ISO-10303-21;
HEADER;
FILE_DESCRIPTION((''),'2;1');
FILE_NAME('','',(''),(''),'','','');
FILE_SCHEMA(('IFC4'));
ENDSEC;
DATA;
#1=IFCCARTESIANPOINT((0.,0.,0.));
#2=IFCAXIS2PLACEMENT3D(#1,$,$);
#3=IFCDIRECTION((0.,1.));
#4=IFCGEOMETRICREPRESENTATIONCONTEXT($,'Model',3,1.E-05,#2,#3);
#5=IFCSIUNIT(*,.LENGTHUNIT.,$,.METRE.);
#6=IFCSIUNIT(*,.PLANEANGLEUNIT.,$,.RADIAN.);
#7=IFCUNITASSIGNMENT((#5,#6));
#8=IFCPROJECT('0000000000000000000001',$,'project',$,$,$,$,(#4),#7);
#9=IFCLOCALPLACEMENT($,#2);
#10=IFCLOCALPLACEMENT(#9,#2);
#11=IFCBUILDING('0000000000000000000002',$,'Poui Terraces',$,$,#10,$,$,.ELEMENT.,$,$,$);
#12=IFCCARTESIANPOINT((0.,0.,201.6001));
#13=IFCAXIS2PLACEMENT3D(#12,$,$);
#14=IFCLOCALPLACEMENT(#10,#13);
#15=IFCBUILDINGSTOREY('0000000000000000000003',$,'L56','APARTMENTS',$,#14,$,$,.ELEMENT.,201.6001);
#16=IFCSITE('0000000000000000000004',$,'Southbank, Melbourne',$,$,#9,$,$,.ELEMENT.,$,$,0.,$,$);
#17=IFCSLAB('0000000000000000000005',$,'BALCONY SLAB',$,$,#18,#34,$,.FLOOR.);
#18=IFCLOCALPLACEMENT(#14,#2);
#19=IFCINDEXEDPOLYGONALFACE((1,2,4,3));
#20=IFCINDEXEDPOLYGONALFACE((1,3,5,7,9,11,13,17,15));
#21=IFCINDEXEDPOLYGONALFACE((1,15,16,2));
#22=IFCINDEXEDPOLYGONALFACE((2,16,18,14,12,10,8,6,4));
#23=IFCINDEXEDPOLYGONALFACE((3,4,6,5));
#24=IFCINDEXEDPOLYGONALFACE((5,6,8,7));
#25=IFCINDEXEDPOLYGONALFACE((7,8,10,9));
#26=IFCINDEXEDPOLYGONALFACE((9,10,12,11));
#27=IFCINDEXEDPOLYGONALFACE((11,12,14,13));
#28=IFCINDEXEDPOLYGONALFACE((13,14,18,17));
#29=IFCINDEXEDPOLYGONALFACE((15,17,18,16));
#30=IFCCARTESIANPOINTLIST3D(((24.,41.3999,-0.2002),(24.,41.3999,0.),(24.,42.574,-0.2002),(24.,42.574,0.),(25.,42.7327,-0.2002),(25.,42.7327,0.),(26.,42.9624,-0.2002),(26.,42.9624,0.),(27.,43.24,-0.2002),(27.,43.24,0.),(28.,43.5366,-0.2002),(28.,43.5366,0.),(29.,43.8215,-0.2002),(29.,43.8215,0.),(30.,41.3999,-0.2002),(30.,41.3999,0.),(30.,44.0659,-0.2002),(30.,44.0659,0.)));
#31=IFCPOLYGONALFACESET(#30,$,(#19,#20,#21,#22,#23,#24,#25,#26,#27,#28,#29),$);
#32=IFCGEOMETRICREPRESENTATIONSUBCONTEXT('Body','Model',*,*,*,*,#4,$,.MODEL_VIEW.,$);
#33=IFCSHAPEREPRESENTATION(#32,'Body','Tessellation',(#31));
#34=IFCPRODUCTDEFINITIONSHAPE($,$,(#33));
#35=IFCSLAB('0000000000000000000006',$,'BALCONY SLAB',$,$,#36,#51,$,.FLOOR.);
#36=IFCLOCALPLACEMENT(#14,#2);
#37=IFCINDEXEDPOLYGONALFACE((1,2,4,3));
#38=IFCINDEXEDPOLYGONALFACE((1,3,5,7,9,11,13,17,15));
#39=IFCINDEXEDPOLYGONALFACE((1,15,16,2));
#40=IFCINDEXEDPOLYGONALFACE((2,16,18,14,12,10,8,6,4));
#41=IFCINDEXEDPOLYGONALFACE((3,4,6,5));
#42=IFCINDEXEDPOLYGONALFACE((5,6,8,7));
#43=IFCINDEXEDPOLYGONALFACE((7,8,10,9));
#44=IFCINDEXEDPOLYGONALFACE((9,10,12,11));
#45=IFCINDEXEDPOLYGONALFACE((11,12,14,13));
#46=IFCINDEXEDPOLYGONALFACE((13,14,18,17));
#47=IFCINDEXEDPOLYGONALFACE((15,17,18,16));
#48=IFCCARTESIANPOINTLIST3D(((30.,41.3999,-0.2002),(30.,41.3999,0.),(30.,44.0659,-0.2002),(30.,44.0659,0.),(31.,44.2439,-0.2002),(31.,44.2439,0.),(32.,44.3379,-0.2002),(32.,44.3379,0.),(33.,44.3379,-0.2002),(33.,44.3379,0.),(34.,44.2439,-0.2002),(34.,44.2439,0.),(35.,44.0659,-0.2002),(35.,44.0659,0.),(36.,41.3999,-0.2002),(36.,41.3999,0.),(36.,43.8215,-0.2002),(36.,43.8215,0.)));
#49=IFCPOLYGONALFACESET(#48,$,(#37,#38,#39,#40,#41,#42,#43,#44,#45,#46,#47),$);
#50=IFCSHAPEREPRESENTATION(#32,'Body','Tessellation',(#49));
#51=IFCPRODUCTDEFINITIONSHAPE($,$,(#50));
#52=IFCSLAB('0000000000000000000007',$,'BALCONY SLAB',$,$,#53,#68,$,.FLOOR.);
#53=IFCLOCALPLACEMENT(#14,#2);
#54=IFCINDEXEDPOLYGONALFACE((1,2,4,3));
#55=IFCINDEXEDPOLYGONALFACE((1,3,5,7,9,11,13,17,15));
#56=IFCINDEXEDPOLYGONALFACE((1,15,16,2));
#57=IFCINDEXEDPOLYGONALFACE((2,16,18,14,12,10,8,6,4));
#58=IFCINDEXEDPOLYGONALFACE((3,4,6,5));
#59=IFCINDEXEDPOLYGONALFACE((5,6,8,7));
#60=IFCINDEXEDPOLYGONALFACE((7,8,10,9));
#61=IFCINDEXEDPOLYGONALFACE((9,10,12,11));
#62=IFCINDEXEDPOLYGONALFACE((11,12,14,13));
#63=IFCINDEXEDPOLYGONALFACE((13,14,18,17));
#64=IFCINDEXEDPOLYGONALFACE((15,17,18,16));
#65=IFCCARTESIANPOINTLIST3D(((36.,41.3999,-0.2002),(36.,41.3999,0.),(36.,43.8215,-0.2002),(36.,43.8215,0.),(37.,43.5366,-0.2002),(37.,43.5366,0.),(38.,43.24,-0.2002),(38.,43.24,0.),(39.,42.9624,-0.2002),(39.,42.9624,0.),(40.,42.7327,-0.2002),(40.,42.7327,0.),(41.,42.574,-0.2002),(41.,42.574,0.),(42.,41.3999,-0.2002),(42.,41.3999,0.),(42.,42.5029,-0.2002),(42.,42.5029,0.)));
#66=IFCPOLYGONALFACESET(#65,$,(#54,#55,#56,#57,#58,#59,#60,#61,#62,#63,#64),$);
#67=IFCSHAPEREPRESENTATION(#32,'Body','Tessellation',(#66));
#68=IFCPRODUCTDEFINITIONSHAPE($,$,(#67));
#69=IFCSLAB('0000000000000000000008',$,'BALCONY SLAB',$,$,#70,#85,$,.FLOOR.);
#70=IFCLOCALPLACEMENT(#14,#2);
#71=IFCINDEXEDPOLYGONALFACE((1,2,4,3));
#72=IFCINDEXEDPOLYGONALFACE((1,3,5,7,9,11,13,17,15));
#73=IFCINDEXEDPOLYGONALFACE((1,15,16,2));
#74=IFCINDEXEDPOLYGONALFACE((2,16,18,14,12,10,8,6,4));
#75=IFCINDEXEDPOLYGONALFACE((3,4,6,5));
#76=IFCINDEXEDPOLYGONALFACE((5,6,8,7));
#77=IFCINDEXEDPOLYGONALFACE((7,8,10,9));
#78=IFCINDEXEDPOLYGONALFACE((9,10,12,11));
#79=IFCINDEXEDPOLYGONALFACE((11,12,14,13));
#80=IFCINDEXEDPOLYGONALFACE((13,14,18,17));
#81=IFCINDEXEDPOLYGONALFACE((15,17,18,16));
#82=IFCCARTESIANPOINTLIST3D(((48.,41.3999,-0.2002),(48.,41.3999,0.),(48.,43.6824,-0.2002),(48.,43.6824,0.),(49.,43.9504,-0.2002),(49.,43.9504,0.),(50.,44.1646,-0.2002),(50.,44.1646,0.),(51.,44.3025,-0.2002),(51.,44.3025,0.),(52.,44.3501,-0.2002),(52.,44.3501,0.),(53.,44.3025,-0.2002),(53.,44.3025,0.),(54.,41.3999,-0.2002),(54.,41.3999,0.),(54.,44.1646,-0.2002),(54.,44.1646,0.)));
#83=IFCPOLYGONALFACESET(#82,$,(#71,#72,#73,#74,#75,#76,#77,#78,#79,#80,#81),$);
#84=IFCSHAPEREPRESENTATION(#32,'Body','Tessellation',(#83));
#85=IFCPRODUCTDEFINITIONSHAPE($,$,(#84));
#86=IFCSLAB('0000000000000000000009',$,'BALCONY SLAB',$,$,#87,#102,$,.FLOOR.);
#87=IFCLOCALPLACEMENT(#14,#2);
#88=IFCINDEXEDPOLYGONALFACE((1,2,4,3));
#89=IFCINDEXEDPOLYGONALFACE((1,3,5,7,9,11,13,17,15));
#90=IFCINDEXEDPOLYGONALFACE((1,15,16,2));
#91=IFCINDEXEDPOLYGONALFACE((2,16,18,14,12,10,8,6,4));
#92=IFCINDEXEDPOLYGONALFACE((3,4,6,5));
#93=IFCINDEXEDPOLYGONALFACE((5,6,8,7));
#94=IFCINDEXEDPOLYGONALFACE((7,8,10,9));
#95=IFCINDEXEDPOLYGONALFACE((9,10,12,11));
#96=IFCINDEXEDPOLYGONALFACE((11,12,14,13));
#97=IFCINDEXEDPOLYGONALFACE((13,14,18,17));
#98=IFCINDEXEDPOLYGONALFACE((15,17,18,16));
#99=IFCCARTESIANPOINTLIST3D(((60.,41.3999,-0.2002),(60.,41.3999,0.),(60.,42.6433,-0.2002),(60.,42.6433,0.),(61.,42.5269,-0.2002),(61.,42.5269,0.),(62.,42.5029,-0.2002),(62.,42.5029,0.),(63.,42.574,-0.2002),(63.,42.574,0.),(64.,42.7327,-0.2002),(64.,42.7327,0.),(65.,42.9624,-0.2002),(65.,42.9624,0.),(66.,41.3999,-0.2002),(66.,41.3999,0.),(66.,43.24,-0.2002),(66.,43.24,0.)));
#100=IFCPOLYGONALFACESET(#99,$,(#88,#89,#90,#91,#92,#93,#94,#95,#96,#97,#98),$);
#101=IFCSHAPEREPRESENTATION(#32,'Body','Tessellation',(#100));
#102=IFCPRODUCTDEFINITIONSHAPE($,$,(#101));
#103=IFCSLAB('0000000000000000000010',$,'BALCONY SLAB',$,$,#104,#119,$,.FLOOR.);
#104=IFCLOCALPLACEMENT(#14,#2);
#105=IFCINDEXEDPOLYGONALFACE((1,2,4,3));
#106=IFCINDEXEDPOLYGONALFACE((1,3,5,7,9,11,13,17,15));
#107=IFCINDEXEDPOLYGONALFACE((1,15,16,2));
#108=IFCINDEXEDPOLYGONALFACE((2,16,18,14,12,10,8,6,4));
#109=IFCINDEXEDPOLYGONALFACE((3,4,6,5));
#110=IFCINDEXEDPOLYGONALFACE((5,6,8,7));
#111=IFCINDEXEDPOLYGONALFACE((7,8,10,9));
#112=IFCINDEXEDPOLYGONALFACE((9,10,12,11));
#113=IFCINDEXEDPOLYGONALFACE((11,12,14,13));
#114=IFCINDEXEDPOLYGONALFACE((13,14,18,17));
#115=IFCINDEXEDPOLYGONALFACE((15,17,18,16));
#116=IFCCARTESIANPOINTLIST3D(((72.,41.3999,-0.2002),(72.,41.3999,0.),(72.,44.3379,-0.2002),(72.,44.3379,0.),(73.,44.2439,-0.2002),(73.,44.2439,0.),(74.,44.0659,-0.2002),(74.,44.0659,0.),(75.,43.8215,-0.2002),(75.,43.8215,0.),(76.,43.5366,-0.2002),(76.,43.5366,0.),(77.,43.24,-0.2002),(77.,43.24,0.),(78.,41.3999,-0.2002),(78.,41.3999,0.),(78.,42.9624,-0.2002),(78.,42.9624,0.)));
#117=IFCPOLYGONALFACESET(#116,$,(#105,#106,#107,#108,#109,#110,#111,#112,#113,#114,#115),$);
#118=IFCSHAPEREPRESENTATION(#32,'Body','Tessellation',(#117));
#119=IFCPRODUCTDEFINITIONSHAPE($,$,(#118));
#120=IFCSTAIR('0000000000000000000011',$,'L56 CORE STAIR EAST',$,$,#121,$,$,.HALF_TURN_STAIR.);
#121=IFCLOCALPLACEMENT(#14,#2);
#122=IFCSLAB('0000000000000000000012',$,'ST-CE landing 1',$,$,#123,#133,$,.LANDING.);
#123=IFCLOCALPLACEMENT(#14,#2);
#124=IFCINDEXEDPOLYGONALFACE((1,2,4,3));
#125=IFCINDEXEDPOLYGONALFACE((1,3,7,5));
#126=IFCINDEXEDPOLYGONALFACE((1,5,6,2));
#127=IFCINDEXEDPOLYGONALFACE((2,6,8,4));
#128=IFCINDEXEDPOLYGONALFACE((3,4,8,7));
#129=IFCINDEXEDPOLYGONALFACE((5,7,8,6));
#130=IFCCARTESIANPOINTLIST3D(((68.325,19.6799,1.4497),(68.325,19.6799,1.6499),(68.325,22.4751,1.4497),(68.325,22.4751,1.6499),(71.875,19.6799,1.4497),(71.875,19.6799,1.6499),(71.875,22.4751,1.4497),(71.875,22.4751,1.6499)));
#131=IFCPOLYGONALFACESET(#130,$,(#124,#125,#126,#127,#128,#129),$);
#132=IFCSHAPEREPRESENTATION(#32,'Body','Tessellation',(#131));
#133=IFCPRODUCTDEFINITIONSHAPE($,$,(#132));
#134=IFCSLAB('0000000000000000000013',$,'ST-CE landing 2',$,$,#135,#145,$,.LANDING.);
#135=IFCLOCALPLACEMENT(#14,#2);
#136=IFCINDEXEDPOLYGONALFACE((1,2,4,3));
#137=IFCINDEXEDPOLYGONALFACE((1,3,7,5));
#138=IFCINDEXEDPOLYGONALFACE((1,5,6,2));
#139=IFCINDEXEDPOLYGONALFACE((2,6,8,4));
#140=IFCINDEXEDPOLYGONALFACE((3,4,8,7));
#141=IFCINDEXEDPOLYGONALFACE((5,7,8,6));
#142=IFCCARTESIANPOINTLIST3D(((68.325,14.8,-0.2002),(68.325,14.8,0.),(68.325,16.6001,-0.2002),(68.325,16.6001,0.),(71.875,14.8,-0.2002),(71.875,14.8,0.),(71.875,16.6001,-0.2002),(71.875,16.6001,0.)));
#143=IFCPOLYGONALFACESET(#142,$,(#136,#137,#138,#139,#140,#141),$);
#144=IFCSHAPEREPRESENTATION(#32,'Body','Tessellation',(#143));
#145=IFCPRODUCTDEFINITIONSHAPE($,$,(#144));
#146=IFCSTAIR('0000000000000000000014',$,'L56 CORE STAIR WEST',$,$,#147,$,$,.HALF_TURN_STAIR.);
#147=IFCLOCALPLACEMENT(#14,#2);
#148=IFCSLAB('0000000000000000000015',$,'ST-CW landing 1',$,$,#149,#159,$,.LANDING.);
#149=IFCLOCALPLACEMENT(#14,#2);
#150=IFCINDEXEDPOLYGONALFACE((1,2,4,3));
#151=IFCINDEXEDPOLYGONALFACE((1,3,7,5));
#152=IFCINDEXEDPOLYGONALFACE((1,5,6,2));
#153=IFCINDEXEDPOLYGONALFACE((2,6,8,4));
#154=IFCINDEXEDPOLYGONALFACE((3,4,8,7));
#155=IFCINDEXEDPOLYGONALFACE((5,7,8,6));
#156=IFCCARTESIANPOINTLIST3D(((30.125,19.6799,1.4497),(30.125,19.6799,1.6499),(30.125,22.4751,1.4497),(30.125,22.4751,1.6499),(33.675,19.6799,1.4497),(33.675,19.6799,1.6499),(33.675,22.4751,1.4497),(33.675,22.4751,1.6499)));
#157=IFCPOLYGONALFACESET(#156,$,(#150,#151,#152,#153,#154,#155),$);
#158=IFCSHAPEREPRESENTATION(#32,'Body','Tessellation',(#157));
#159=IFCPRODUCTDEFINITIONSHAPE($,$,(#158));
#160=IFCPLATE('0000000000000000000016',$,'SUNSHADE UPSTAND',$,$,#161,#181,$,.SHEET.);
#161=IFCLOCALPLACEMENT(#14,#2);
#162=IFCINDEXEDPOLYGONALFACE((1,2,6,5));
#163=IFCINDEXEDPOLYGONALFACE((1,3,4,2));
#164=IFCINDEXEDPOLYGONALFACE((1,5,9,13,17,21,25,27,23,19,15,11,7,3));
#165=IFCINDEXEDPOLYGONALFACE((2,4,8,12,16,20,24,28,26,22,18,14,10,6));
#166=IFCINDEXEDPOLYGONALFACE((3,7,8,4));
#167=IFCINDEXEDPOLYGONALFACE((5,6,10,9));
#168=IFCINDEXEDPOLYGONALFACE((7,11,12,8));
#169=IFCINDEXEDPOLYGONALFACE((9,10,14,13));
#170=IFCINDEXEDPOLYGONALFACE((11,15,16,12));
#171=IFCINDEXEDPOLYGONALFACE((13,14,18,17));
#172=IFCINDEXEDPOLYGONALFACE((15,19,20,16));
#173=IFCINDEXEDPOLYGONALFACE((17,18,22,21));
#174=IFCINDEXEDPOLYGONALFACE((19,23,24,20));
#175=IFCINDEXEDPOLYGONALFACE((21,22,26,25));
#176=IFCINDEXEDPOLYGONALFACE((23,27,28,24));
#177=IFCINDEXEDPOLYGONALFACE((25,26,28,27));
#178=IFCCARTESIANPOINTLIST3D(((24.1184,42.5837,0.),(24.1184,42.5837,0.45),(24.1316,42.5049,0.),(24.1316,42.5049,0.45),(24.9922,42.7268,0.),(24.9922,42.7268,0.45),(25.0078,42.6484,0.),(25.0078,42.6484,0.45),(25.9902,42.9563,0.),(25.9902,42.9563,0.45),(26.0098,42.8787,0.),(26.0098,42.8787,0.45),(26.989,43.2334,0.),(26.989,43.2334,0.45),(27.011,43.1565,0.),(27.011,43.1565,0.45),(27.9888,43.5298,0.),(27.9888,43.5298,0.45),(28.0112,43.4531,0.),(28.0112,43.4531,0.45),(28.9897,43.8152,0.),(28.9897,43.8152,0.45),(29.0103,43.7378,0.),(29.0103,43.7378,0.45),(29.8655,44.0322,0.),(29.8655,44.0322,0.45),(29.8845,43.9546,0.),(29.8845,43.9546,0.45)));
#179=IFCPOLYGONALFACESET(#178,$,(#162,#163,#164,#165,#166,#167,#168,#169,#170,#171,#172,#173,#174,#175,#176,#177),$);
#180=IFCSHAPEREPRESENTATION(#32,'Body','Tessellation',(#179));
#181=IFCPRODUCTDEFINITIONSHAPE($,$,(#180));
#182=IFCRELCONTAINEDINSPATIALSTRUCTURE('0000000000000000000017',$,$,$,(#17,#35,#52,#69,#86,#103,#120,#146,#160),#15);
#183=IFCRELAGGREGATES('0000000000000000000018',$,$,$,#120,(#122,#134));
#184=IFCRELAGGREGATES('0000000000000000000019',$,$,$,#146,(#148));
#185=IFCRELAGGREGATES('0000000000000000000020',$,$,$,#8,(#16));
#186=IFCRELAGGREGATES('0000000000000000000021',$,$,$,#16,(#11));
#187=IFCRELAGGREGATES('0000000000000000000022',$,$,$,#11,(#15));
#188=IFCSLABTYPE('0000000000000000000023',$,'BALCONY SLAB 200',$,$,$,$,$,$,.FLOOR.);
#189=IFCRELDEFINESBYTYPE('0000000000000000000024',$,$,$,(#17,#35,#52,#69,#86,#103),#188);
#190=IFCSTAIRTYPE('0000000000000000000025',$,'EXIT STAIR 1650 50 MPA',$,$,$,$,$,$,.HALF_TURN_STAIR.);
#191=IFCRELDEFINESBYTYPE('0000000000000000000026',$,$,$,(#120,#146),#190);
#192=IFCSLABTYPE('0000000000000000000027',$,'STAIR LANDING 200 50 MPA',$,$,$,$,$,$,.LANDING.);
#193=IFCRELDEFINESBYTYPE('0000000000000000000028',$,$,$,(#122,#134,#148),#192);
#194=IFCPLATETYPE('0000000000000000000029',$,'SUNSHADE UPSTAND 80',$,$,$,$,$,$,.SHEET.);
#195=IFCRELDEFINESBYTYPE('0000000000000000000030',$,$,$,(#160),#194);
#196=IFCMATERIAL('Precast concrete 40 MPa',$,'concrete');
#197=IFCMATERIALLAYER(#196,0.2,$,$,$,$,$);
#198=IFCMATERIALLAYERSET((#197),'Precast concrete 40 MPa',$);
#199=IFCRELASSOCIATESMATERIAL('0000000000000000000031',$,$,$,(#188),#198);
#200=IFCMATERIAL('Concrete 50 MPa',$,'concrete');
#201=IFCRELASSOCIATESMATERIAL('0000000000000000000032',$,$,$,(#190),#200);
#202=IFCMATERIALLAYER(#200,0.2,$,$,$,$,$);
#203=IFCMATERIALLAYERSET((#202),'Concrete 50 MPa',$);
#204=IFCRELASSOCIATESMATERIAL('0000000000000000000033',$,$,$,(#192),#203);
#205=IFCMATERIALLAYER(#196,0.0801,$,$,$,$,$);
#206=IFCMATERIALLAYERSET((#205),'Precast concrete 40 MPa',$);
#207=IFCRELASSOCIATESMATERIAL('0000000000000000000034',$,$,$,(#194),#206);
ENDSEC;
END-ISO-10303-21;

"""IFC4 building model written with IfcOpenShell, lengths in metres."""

from ifc_helpers import new_model, si_unit, direction, frame, origin, place, context, subcontext, project, spatial, polyline, outline, extrude, material, layer, layer_set, type_object, element, aggregate, save


model = new_model("IFC4")

# Units and contexts
model_context = context("Model", 3, precision=1e-05, world=origin(), true_north=direction((0.0, 1.0)))
body_context = subcontext(model_context, "Body", "Model", "MODEL_VIEW")
ifc_project = project(units=[si_unit("LENGTHUNIT", "METRE"), si_unit("PLANEANGLEUNIT", "RADIAN")], contexts=[model_context])

# Site, building, storey
site_placement = place(None, origin())
site = spatial("IfcSite", under=ifc_project, at=site_placement, Name="Southbank, Melbourne", CompositionType="ELEMENT", RefElevation=0.0)
building_placement = place(site_placement, origin())
building = spatial("IfcBuilding", under=site, at=building_placement, Name="Poui Terraces", CompositionType="ELEMENT")
storey_placement = place(building_placement, frame((0.0, 0.0, 201.6001)))
storey = spatial("IfcBuildingStorey", under=building, at=storey_placement, Name="L56", Description="APARTMENTS", CompositionType="ELEMENT", Elevation=201.6001)

# Slabs
ifc_material_1 = material(Name="Precast concrete 40 MPa", Category="concrete")
ifc_layer_1 = layer(ifc_material_1, 0.2)
ifc_layer_set_1 = layer_set([ifc_layer_1], Name="Precast concrete 40 MPa")
slab_type_1 = type_object("IfcSlabType", Name="BALCONY SLAB 200", PredefinedType="FLOOR", material=ifc_layer_set_1)
slab_1_placement = place(storey_placement, frame((0.0, 0.0, -0.2002)))
element("IfcSlab", 1, at=slab_1_placement, inside=storey, type_object=slab_type_1, Name="BALCONY SLAB", PredefinedType="FLOOR", context=body_context, shape_type="SweptSolid", body=[
    extrude(outline(polyline([(24.0, 41.3999), (30.0, 41.3999), (30.0, 44.0659), (29.0, 43.8215), (28.0, 43.5366), (27.0, 43.24), (26.0, 42.9624), (25.0, 42.7327), (24.0, 42.574), (24.0, 41.3999)])), origin(), (0.0, 0.0, 1.0), 0.2002),
])
slab_2_placement = place(storey_placement, frame((0.0, 0.0, -0.2002)))
element("IfcSlab", 2, at=slab_2_placement, inside=storey, type_object=slab_type_1, Name="BALCONY SLAB", PredefinedType="FLOOR", context=body_context, shape_type="SweptSolid", body=[
    extrude(outline(polyline([(30.0, 41.3999), (36.0, 41.3999), (36.0, 43.8215), (35.0, 44.0659), (34.0, 44.2439), (33.0, 44.3379), (32.0, 44.3379), (31.0, 44.2439), (30.0, 44.0659), (30.0, 41.3999)])), origin(), (0.0, 0.0, 1.0), 0.2002),
])
slab_3_placement = place(storey_placement, frame((0.0, 0.0, -0.2002)))
element("IfcSlab", 3, at=slab_3_placement, inside=storey, type_object=slab_type_1, Name="BALCONY SLAB", PredefinedType="FLOOR", context=body_context, shape_type="SweptSolid", body=[
    extrude(outline(polyline([(36.0, 41.3999), (42.0, 41.3999), (42.0, 42.5029), (41.0, 42.574), (40.0, 42.7327), (39.0, 42.9624), (38.0, 43.24), (37.0, 43.5366), (36.0, 43.8215), (36.0, 41.3999)])), origin(), (0.0, 0.0, 1.0), 0.2002),
])
slab_4_placement = place(storey_placement, frame((0.0, 0.0, -0.2002)))
element("IfcSlab", 4, at=slab_4_placement, inside=storey, type_object=slab_type_1, Name="BALCONY SLAB", PredefinedType="FLOOR", context=body_context, shape_type="SweptSolid", body=[
    extrude(outline(polyline([(48.0, 41.3999), (54.0, 41.3999), (54.0, 44.1646), (53.0, 44.3025), (52.0, 44.3501), (51.0, 44.3025), (50.0, 44.1646), (49.0, 43.9504), (48.0, 43.6824), (48.0, 41.3999)])), origin(), (0.0, 0.0, 1.0), 0.2002),
])
slab_5_placement = place(storey_placement, frame((0.0, 0.0, -0.2002)))
element("IfcSlab", 5, at=slab_5_placement, inside=storey, type_object=slab_type_1, Name="BALCONY SLAB", PredefinedType="FLOOR", context=body_context, shape_type="SweptSolid", body=[
    extrude(outline(polyline([(60.0, 41.3999), (66.0, 41.3999), (66.0, 43.24), (65.0, 42.9624), (64.0, 42.7327), (63.0, 42.574), (62.0, 42.5029), (61.0, 42.5269), (60.0, 42.6433), (60.0, 41.3999)])), origin(), (0.0, 0.0, 1.0), 0.2002),
])
slab_6_placement = place(storey_placement, frame((0.0, 0.0, -0.2002)))
element("IfcSlab", 6, at=slab_6_placement, inside=storey, type_object=slab_type_1, Name="BALCONY SLAB", PredefinedType="FLOOR", context=body_context, shape_type="SweptSolid", body=[
    extrude(outline(polyline([(72.0, 41.3999), (78.0, 41.3999), (78.0, 42.9624), (77.0, 43.24), (76.0, 43.5366), (75.0, 43.8215), (74.0, 44.0659), (73.0, 44.2439), (72.0, 44.3379), (72.0, 41.3999)])), origin(), (0.0, 0.0, 1.0), 0.2002),
])

# Stair, slabs
ifc_material_2 = material(Name="Concrete 50 MPa", Category="concrete")
stair_type = type_object("IfcStairType", Name="EXIT STAIR 1650 50 MPA", PredefinedType="HALF_TURN_STAIR", material=ifc_material_2)
stair_1_placement = place(storey_placement, origin())
stair_1 = element("IfcStair", 7, at=stair_1_placement, inside=storey, type_object=stair_type, Name="L56 CORE STAIR EAST", PredefinedType="HALF_TURN_STAIR")
ifc_layer_2 = layer(ifc_material_2, 0.2)
ifc_layer_set_2 = layer_set([ifc_layer_2], Name="Concrete 50 MPa")
slab_type_2 = type_object("IfcSlabType", Name="STAIR LANDING 200 50 MPA", PredefinedType="LANDING", material=ifc_layer_set_2)
slab_7_placement = place(storey_placement, frame((0.0, 0.0, 1.4497)))
slab_7 = element("IfcSlab", 8, at=slab_7_placement, type_object=slab_type_2, Name="ST-CE landing 1", PredefinedType="LANDING", context=body_context, shape_type="SweptSolid", body=[
    extrude(outline(polyline([(68.325, 19.6799), (71.875, 19.6799), (71.875, 22.4751), (68.325, 22.4751), (68.325, 19.6799)])), origin(), (0.0, 0.0, 1.0), 0.2002),
])
slab_8_placement = place(storey_placement, frame((0.0, 0.0, -0.2002)))
slab_8 = element("IfcSlab", 9, at=slab_8_placement, type_object=slab_type_2, Name="ST-CE landing 2", PredefinedType="LANDING", context=body_context, shape_type="SweptSolid", body=[
    extrude(outline(polyline([(68.325, 14.8), (71.875, 14.8), (71.875, 16.6001), (68.325, 16.6001), (68.325, 14.8)])), origin(), (0.0, 0.0, 1.0), 0.2002),
])
aggregate(stair_1, [slab_7, slab_8])

# Stair, slab
stair_2_placement = place(storey_placement, origin())
stair_2 = element("IfcStair", 10, at=stair_2_placement, inside=storey, type_object=stair_type, Name="L56 CORE STAIR WEST", PredefinedType="HALF_TURN_STAIR")
slab_9_placement = place(storey_placement, frame((0.0, 0.0, 1.4497)))
slab_9 = element("IfcSlab", 11, at=slab_9_placement, type_object=slab_type_2, Name="ST-CW landing 1", PredefinedType="LANDING", context=body_context, shape_type="SweptSolid", body=[
    extrude(outline(polyline([(30.125, 19.6799), (33.675, 19.6799), (33.675, 22.4751), (30.125, 22.4751), (30.125, 19.6799)])), origin(), (0.0, 0.0, 1.0), 0.2002),
])
aggregate(stair_2, [slab_9])

# Plate
ifc_layer_3 = layer(ifc_material_1, 0.0801)
ifc_layer_set_3 = layer_set([ifc_layer_3], Name="Precast concrete 40 MPa")
plate_type = type_object("IfcPlateType", Name="SUNSHADE UPSTAND 80", PredefinedType="SHEET", material=ifc_layer_set_3)
plate_1_placement = place(storey_placement, origin())
element("IfcPlate", 12, at=plate_1_placement, inside=storey, type_object=plate_type, Name="SUNSHADE UPSTAND", PredefinedType="SHEET", context=body_context, shape_type="SweptSolid", body=[
    extrude(outline(polyline([(24.9922, 42.7268), (24.1184, 42.5837), (24.1316, 42.5049), (25.0078, 42.6484), (26.0098, 42.8787), (27.011, 43.1565), (28.0112, 43.4531), (29.0103, 43.7378), (29.8845, 43.9546), (29.8655, 44.0322), (28.9897, 43.8152), (27.9888, 43.5298), (26.989, 43.2334), (25.9902, 42.9563), (24.9922, 42.7268)])), origin(), (0.0, 0.0, 1.0), 0.45),
])

save(model, "model.ifc")
